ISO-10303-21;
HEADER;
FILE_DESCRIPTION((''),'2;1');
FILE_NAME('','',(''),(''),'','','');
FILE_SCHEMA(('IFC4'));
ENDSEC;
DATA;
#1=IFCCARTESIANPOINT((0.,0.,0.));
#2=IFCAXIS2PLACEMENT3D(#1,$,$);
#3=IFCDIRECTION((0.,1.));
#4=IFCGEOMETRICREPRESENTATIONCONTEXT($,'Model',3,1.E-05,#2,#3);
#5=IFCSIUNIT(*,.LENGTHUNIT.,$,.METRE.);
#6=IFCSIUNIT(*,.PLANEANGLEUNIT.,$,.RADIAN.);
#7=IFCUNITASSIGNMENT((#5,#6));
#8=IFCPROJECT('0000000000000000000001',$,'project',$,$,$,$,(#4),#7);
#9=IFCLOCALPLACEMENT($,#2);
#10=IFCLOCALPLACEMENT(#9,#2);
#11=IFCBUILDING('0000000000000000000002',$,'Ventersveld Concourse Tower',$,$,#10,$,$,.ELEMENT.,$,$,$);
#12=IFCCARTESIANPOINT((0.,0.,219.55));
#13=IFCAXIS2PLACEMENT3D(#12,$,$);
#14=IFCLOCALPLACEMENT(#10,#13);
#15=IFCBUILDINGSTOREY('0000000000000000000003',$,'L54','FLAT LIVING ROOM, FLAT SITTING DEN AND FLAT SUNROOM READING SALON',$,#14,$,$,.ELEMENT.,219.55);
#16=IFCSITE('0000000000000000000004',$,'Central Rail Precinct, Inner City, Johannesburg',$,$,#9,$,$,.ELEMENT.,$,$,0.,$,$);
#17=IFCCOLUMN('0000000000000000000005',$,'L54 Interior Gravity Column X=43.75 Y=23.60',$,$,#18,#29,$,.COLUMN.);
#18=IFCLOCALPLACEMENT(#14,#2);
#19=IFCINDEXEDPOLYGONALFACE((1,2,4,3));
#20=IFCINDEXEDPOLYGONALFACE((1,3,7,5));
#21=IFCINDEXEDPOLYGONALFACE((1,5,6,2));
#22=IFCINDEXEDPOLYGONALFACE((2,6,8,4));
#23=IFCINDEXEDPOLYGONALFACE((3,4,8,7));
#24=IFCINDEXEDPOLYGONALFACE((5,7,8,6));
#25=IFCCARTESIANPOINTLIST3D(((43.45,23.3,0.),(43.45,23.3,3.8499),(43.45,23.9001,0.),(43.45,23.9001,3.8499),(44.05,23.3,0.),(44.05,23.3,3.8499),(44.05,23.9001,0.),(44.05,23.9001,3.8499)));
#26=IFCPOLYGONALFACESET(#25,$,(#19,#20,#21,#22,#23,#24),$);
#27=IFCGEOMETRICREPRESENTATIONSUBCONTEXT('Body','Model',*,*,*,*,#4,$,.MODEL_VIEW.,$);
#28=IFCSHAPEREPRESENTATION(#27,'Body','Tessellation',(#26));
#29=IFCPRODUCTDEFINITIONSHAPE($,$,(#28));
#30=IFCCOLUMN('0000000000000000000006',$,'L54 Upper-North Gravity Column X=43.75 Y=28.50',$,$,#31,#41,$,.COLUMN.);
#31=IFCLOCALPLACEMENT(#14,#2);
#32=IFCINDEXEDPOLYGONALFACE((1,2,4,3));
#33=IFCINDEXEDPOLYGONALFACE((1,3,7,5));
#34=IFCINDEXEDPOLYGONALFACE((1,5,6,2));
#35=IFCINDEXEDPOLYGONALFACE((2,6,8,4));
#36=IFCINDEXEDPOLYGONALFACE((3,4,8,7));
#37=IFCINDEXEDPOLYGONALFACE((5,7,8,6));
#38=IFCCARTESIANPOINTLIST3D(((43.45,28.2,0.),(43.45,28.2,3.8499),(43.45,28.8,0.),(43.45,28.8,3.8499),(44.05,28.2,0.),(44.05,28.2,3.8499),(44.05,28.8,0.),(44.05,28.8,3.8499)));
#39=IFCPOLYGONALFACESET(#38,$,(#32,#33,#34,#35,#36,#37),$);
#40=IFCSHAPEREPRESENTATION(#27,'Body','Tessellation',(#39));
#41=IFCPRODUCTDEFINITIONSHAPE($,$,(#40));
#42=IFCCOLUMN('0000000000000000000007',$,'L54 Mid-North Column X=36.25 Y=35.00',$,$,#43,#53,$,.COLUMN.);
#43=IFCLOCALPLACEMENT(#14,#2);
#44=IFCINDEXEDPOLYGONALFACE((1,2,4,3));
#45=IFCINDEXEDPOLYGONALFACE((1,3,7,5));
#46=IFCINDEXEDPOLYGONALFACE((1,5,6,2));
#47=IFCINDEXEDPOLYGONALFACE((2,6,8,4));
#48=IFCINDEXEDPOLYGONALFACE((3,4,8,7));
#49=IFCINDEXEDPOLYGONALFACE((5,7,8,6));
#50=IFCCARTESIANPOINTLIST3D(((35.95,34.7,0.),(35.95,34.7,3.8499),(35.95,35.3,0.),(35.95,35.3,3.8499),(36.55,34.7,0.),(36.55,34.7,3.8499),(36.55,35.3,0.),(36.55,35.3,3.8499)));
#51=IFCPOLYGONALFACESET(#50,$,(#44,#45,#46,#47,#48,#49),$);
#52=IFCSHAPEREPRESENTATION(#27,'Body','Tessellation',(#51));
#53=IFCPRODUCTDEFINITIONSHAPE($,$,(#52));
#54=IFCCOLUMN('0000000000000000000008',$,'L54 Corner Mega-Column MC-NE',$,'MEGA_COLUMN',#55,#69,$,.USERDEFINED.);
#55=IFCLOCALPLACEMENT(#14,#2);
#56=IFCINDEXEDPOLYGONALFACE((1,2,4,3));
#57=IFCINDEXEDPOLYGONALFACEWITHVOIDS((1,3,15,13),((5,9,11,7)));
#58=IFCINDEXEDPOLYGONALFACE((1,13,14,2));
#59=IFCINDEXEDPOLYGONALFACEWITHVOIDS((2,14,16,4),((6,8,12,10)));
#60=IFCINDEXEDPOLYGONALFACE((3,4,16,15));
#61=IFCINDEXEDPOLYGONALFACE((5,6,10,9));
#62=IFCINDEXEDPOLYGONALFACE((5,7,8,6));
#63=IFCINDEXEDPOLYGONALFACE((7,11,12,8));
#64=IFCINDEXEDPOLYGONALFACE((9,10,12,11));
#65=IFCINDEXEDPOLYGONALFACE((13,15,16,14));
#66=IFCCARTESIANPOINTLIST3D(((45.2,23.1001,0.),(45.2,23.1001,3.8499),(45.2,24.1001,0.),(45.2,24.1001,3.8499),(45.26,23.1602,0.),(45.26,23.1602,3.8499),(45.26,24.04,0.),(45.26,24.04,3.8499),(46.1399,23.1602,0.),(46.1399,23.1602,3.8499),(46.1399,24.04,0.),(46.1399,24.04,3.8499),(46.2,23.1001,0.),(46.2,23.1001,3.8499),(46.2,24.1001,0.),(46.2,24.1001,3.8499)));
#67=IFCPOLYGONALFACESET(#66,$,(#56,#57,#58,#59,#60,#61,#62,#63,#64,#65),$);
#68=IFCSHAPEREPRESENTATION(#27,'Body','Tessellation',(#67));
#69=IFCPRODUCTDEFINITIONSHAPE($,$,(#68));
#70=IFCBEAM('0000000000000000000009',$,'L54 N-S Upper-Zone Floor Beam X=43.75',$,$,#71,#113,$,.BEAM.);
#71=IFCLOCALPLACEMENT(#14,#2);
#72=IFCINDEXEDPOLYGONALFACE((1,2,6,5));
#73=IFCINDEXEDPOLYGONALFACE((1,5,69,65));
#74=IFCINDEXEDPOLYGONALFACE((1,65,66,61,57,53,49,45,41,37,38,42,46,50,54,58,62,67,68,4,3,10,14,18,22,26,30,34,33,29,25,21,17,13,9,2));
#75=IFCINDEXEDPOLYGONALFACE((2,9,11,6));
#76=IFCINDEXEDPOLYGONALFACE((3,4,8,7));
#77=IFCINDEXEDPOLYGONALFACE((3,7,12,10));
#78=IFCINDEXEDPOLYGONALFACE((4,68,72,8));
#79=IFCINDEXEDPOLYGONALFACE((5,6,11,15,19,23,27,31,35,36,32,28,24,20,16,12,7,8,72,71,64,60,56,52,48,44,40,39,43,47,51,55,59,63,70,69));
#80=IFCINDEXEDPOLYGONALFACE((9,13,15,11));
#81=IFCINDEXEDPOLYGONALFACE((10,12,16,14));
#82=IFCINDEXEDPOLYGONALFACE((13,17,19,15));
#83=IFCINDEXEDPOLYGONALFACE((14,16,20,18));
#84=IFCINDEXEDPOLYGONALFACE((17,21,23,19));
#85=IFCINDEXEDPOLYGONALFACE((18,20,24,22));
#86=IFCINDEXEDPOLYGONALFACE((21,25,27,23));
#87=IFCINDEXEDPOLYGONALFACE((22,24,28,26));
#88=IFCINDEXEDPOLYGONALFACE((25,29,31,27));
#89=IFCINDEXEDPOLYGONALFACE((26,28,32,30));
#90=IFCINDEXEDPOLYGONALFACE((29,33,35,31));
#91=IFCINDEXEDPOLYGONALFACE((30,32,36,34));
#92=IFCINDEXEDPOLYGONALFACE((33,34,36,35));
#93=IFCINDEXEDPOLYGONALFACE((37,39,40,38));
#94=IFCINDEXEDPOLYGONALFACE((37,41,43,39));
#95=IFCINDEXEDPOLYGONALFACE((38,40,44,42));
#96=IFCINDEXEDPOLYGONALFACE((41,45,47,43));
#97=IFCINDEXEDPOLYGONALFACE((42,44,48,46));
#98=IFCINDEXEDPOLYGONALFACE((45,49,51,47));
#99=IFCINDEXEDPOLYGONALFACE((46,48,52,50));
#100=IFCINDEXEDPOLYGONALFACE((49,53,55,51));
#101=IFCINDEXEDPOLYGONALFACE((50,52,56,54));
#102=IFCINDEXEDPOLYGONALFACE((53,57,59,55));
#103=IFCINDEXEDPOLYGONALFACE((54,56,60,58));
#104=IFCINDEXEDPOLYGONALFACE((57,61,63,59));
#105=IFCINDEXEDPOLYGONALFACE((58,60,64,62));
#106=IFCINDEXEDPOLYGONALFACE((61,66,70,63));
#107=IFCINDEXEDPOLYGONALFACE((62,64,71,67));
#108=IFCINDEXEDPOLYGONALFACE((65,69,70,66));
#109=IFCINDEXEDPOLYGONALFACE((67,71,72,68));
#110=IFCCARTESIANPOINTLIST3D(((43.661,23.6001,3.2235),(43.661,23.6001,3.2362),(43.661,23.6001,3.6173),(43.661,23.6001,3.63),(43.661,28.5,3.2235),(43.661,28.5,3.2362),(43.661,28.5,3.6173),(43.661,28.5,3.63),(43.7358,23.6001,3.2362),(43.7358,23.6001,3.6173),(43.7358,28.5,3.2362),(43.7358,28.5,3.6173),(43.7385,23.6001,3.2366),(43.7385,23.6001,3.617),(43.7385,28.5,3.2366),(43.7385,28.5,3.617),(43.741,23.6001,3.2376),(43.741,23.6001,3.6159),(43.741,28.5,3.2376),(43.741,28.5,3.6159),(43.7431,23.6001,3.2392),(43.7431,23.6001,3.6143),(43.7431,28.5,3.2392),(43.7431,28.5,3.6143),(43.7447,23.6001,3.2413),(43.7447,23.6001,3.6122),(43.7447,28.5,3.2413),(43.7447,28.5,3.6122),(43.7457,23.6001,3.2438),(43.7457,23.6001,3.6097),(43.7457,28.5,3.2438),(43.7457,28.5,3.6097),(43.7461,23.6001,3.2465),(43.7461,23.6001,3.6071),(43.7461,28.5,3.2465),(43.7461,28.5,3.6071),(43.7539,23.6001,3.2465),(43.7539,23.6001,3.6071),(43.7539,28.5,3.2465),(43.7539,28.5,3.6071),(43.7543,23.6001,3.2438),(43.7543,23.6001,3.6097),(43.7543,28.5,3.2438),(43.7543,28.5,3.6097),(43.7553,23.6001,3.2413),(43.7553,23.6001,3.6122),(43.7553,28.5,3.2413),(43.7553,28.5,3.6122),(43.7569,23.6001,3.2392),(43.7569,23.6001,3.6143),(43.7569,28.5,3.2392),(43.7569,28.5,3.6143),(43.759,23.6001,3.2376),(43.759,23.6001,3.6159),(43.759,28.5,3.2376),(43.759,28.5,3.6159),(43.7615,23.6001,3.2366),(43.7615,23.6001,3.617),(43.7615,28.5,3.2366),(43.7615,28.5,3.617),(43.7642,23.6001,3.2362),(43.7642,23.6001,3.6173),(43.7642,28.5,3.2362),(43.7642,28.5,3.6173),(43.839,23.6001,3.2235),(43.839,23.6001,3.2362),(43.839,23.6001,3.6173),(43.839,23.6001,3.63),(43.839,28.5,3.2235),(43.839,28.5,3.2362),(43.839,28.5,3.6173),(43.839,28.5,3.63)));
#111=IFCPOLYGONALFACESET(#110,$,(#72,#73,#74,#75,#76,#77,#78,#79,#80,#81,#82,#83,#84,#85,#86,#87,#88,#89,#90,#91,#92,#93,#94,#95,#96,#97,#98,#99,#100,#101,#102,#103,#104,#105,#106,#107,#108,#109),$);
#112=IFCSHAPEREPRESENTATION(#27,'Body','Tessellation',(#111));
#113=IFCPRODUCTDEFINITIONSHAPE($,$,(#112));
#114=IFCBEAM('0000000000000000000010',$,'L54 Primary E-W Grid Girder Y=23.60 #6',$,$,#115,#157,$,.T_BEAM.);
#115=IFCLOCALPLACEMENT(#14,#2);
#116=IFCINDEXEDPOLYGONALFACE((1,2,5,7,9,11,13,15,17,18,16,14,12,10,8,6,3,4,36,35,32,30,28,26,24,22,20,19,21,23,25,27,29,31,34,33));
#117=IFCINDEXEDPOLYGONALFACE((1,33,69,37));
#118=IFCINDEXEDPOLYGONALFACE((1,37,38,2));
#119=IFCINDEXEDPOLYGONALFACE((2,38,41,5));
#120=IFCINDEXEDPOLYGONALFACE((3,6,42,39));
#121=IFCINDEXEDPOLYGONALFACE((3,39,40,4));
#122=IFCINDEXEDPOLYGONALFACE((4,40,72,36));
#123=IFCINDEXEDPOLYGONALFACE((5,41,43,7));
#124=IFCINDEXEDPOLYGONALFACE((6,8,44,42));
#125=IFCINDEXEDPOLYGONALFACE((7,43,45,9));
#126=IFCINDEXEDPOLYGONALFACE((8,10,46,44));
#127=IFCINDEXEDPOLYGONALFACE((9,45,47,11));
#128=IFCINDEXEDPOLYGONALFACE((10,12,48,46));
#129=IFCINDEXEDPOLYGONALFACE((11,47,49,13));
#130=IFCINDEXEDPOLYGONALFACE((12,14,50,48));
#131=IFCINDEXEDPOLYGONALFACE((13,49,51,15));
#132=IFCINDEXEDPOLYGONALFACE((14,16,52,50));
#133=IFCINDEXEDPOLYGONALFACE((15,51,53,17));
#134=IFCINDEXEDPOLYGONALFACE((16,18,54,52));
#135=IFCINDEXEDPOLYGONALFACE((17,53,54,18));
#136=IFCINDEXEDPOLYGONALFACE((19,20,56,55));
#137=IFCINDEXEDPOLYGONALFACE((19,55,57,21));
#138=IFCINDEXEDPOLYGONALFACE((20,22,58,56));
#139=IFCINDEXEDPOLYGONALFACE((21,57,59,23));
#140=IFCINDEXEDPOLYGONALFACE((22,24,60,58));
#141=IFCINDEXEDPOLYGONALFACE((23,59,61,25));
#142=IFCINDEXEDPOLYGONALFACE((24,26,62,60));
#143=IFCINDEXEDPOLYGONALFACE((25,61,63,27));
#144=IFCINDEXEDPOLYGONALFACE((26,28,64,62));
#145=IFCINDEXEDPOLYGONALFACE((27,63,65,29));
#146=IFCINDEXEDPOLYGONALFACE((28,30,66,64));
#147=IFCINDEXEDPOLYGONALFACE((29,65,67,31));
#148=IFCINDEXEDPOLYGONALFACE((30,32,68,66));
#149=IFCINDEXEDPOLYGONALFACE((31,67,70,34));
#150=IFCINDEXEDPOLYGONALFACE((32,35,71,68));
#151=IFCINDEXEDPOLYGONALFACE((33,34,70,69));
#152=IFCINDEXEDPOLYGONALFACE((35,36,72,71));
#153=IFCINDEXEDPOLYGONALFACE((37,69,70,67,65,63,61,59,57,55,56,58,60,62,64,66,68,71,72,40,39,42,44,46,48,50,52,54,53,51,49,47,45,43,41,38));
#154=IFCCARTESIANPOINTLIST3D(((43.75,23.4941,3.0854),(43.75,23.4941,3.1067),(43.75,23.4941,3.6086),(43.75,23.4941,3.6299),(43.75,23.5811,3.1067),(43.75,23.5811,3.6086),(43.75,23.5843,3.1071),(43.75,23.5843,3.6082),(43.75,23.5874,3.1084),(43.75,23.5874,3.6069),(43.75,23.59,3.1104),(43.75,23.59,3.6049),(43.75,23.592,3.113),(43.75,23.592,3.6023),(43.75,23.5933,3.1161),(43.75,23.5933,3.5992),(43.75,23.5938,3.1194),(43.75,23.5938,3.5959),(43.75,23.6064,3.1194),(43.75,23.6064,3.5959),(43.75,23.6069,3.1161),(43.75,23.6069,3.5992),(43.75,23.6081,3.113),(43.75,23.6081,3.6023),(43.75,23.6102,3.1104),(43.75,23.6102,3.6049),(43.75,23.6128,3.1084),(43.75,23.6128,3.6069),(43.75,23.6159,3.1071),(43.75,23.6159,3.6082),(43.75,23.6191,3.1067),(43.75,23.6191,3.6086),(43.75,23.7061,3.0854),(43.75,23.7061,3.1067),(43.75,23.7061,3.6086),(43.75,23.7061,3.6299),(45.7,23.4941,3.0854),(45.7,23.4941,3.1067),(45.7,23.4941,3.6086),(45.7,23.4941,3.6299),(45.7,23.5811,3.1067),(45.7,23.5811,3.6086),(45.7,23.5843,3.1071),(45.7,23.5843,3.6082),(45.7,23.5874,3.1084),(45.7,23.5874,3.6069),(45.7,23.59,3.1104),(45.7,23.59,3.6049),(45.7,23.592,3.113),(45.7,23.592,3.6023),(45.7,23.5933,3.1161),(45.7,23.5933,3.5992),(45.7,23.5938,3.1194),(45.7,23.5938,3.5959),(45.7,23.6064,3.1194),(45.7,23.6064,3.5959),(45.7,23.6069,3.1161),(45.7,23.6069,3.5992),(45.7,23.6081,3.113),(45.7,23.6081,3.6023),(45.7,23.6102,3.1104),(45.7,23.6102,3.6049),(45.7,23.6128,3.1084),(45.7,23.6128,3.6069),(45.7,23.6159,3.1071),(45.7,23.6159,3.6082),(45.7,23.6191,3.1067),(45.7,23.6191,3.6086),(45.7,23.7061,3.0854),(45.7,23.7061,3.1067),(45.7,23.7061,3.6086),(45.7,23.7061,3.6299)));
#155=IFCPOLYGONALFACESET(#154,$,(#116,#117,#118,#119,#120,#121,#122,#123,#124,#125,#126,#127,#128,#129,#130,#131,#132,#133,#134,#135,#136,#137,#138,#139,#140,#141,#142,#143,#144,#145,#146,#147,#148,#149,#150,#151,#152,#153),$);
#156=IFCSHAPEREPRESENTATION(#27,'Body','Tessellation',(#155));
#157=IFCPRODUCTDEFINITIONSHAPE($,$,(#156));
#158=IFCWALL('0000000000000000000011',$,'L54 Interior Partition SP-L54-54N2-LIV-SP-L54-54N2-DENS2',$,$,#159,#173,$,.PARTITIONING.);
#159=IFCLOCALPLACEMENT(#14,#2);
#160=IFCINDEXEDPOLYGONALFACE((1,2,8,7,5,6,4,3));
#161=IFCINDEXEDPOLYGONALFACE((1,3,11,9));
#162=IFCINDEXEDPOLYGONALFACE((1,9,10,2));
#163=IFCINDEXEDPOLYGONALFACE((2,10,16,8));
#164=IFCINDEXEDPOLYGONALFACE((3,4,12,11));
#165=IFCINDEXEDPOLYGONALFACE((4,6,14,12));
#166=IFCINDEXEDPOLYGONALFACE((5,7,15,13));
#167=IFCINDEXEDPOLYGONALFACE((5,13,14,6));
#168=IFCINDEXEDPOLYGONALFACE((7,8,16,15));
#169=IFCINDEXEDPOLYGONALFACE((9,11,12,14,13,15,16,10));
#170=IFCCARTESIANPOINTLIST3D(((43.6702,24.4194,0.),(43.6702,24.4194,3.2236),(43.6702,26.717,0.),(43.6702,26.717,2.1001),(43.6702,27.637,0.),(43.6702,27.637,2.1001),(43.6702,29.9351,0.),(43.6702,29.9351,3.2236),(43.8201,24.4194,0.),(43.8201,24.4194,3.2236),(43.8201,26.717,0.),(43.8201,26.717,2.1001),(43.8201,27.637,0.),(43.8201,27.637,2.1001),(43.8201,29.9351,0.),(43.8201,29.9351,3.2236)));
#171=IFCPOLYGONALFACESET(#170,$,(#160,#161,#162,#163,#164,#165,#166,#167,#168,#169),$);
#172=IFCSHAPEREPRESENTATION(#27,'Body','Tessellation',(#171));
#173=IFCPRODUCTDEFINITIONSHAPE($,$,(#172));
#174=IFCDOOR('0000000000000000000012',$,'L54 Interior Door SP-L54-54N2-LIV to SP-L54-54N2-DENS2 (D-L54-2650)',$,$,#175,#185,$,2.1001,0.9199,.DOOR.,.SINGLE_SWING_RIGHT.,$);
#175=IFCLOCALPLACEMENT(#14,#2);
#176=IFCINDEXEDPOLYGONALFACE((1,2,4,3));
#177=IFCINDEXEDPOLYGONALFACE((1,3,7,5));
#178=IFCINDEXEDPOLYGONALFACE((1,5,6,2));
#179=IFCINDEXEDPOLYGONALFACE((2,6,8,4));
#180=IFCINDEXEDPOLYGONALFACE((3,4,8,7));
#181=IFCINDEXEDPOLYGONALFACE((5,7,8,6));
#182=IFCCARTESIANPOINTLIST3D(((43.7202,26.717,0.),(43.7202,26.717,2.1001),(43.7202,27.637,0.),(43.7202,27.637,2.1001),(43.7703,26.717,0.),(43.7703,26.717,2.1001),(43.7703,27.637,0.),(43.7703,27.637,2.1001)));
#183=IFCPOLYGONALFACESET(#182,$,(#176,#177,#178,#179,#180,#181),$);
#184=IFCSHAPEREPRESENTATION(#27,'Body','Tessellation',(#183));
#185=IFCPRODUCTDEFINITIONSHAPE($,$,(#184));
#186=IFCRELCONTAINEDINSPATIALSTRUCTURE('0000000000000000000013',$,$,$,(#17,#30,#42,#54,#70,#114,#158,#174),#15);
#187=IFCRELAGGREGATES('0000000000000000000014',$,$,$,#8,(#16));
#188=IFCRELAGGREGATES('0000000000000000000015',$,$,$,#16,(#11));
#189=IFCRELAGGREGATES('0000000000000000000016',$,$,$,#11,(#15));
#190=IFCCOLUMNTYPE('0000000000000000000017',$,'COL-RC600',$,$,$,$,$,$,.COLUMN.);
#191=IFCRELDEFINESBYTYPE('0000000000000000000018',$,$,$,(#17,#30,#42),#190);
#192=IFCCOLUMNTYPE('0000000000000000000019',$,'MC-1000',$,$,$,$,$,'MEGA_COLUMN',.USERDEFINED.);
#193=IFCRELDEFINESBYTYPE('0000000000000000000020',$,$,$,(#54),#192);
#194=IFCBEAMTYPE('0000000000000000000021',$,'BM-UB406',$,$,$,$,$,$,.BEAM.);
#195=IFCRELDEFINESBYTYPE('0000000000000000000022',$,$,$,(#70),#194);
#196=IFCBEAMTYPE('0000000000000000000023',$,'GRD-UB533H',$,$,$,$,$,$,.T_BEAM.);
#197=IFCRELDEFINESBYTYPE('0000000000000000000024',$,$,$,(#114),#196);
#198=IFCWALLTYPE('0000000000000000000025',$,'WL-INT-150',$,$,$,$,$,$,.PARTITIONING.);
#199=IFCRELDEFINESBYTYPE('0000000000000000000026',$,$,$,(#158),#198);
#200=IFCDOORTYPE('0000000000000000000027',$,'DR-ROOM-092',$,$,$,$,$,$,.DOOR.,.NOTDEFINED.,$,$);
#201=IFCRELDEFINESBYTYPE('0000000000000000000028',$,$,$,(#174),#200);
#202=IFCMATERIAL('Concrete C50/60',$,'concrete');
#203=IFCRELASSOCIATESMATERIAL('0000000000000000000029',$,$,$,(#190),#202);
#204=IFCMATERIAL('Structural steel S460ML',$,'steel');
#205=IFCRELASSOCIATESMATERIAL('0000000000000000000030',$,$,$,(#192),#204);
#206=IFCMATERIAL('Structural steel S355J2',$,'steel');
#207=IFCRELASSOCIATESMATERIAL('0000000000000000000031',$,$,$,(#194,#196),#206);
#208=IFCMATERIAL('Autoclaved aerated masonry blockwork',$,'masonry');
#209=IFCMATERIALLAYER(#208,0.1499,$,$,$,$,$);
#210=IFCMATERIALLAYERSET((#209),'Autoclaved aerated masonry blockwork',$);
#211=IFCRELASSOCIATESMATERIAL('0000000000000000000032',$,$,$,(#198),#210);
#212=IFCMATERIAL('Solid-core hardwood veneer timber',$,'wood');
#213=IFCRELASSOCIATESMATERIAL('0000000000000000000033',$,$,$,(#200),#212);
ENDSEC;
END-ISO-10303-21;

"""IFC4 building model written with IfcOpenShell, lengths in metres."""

from ifc_helpers import new_model, si_unit, direction, frame, frame_2d, origin, origin_2d, place, context, subcontext, project, spatial, rectangle, hollow_rectangle, i_section, extrude, material, layer, layer_set, material_profile, profile_set, type_object, element, fill, save


model = new_model("IFC4")

# Units and contexts
model_context = context("Model", 3, precision=1e-05, world=origin(), true_north=direction((0.0, 1.0)))
body_context = subcontext(model_context, "Body", "Model", "MODEL_VIEW")
ifc_project = project(units=[si_unit("LENGTHUNIT", "METRE"), si_unit("PLANEANGLEUNIT", "RADIAN")], contexts=[model_context])

# Site, building, storey
site_placement = place(None, origin())
site = spatial("IfcSite", under=ifc_project, at=site_placement, Name="Central Rail Precinct, Inner City, Johannesburg", CompositionType="ELEMENT", RefElevation=0.0)
building_placement = place(site_placement, origin())
building = spatial("IfcBuilding", under=site, at=building_placement, Name="Ventersveld Concourse Tower", CompositionType="ELEMENT")
storey_placement = place(building_placement, frame((0.0, 0.0, 219.55)))
storey = spatial("IfcBuildingStorey", under=building, at=storey_placement, Name="L54", Description="FLAT LIVING ROOM, FLAT SITTING DEN AND FLAT SUNROOM READING SALON", CompositionType="ELEMENT", Elevation=219.55)

# Columns
ifc_material_1 = material(Name="Concrete C50/60", Category="concrete")
ifc_material_profile_1 = material_profile(ifc_material_1, rectangle(XDim=0.6001, YDim=0.6001, at=origin_2d()), Name="RC 600x600")
ifc_profile_set_1 = profile_set([ifc_material_profile_1], Name="Concrete C50/60")
column_type_1 = type_object("IfcColumnType", Name="COL-RC600", PredefinedType="COLUMN", material=ifc_profile_set_1)
for number, where, z_axis, x_axis, name in (
    (1, (43.75, 23.6001, 0.0), (0.0, 0.0, 1.0), (1.0, 0.0, 0.0), "L54 Interior Gravity Column X=43.75 Y=23.60"),
    (2, (43.75, 28.5, 0.0), (0.0, 0.0, 1.0), (1.0, 0.0, 0.0), "L54 Upper-North Gravity Column X=43.75 Y=28.50"),
    (3, (36.25, 35.0, 0.0), (0.0, 0.0, 1.0), (1.0, 0.0, 0.0), "L54 Mid-North Column X=36.25 Y=35.00"),
):
    element("IfcColumn", number, at=place(storey_placement, frame(where, z_axis=z_axis, x_axis=x_axis)), inside=storey, type_object=column_type_1, Name=name, PredefinedType="COLUMN", context=body_context, shape_type="SweptSolid", body=[
        extrude(rectangle(XDim=0.6001, YDim=0.6001, at=origin_2d()), origin(), (0.0, 0.0, 1.0), 3.8499),
    ])
ifc_material_2 = material(Name="Structural steel S460ML", Category="steel")
ifc_material_profile_2 = material_profile(ifc_material_2, hollow_rectangle(XDim=1.0, YDim=1.0, WallThickness=0.0601, at=origin_2d()), Name="BOX 1000x1000x60")
ifc_profile_set_2 = profile_set([ifc_material_profile_2], Name="Structural steel S460ML")
column_type_2 = type_object("IfcColumnType", Name="MC-1000", ElementType="MEGA_COLUMN", PredefinedType="USERDEFINED", material=ifc_profile_set_2)
column_placement = place(storey_placement, frame((45.7, 23.6001, 0.0), z_axis=(0.0, 0.0, 1.0), x_axis=(1.0, 0.0, 0.0)))
element("IfcColumn", 4, at=column_placement, inside=storey, type_object=column_type_2, Name="L54 Corner Mega-Column MC-NE", ObjectType="MEGA_COLUMN", PredefinedType="USERDEFINED", context=body_context, shape_type="SweptSolid", body=[
    extrude(hollow_rectangle(XDim=1.0, YDim=1.0, WallThickness=0.0601, at=origin_2d()), origin(), (0.0, 0.0, 1.0), 3.8499),
])

# Beams
ifc_material_3 = material(Name="Structural steel S355J2", Category="steel")
ifc_material_profile_3 = material_profile(ifc_material_3, i_section(OverallWidth=0.178, OverallDepth=0.4065, WebThickness=0.0078, FlangeThickness=0.0127, FilletRadius=0.0103, at=origin_2d()), Name="UB 406x178x60")
ifc_profile_set_3 = profile_set([ifc_material_profile_3], Name="Structural steel S355J2")
beam_type_1 = type_object("IfcBeamType", Name="BM-UB406", PredefinedType="BEAM", material=ifc_profile_set_3)
beam_1_placement = place(storey_placement, frame((43.75, 23.6001, 3.4268), z_axis=(0.0, 1.0, 0.0), x_axis=(-1.0, 0.0, 0.0)))
element("IfcBeam", 5, at=beam_1_placement, inside=storey, type_object=beam_type_1, Name="L54 N-S Upper-Zone Floor Beam X=43.75", PredefinedType="BEAM", context=body_context, shape_type="SweptSolid", body=[
    extrude(i_section(OverallWidth=0.178, OverallDepth=0.4065, WebThickness=0.0078, FlangeThickness=0.0127, FilletRadius=0.0103, at=origin_2d()), origin(), (0.0, 0.0, 1.0), 4.8999),
])
ifc_material_profile_4 = material_profile(ifc_material_3, i_section(OverallWidth=0.2119, OverallDepth=0.5444, WebThickness=0.0127, FlangeThickness=0.0212, FilletRadius=0.0127, at=origin_2d()), Name="UB 533x210x122")
ifc_profile_set_4 = profile_set([ifc_material_profile_4], Name="Structural steel S355J2")
beam_type_2 = type_object("IfcBeamType", Name="GRD-UB533H", PredefinedType="T_BEAM", material=ifc_profile_set_4)
beam_2_placement = place(storey_placement, frame((43.75, 23.6001, 3.3577), z_axis=(1.0, 0.0, 0.0), x_axis=(0.0, 1.0, 0.0)))
element("IfcBeam", 6, at=beam_2_placement, inside=storey, type_object=beam_type_2, Name="L54 Primary E-W Grid Girder Y=23.60 #6", PredefinedType="T_BEAM", context=body_context, shape_type="SweptSolid", body=[
    extrude(i_section(OverallWidth=0.2119, OverallDepth=0.5444, WebThickness=0.0127, FlangeThickness=0.0212, FilletRadius=0.0127, at=origin_2d()), origin(), (0.0, 0.0, 1.0), 1.95),
])

# Wall, opening, door
ifc_material_4 = material(Name="Autoclaved aerated masonry blockwork", Category="masonry")
ifc_layer_1 = layer(ifc_material_4, 0.1499)
ifc_layer_set_1 = layer_set([ifc_layer_1], Name="Autoclaved aerated masonry blockwork")
wall_type_1 = type_object("IfcWallType", Name="WL-INT-150", PredefinedType="PARTITIONING", material=ifc_layer_set_1)
wall_1_placement = place(storey_placement, frame((43.7451, 24.4194, 0.0), z_axis=(0.0, 0.0, 1.0), x_axis=(0.0, 1.0, 0.0)))
wall_1 = element("IfcWall", 7, at=wall_1_placement, inside=storey, type_object=wall_type_1, Name="L54 Interior Partition SP-L54-54N2-LIV-SP-L54-54N2-DENS2", PredefinedType="PARTITIONING", context=body_context, shape_type="SweptSolid", body=[
    extrude(rectangle(XDim=5.5156, YDim=0.1499, at=frame_2d((2.7578, 0.0))), origin(), (0.0, 0.0, 1.0), 3.2236),
])
opening_1_placement = place(wall_1_placement, frame((2.2976, 0.0, 0.0)))
opening_1 = element("IfcOpeningElement", 8, at=opening_1_placement, cuts=wall_1, PredefinedType="OPENING", context=body_context, shape_type="SweptSolid", body=[
    extrude(rectangle(XDim=0.9199, YDim=2.1001, at=frame_2d((0.46, 1.05))), frame((0.0, 0.085, 0.0), z_axis=(0.0, -1.0, 0.0), x_axis=(1.0, 0.0, 0.0)), (0.0, 0.0, 1.0), 0.1699),
])
ifc_material_5 = material(Name="Solid-core hardwood veneer timber", Category="wood")
door_type = type_object("IfcDoorType", Name="DR-ROOM-092", OperationType="NOTDEFINED", PredefinedType="DOOR", material=ifc_material_5)
door_1_placement = place(opening_1_placement, origin())
door_1 = element("IfcDoor", 9, at=door_1_placement, inside=storey, type_object=door_type, Name="L54 Interior Door SP-L54-54N2-LIV to SP-L54-54N2-DENS2 (D-L54-2650)", OperationType="SINGLE_SWING_RIGHT", OverallHeight=2.1001, OverallWidth=0.9199, PredefinedType="DOOR", context=body_context, shape_type="SweptSolid", body=[
    extrude(rectangle(XDim=0.9199, YDim=2.1001, at=frame_2d((0.46, 1.05))), frame((0.0, 0.0249, 0.0), z_axis=(0.0, -1.0, 0.0), x_axis=(1.0, 0.0, 0.0)), (0.0, 0.0, 1.0), 0.05),
])
fill(opening_1, door_1)

save(model, "model.ifc")
